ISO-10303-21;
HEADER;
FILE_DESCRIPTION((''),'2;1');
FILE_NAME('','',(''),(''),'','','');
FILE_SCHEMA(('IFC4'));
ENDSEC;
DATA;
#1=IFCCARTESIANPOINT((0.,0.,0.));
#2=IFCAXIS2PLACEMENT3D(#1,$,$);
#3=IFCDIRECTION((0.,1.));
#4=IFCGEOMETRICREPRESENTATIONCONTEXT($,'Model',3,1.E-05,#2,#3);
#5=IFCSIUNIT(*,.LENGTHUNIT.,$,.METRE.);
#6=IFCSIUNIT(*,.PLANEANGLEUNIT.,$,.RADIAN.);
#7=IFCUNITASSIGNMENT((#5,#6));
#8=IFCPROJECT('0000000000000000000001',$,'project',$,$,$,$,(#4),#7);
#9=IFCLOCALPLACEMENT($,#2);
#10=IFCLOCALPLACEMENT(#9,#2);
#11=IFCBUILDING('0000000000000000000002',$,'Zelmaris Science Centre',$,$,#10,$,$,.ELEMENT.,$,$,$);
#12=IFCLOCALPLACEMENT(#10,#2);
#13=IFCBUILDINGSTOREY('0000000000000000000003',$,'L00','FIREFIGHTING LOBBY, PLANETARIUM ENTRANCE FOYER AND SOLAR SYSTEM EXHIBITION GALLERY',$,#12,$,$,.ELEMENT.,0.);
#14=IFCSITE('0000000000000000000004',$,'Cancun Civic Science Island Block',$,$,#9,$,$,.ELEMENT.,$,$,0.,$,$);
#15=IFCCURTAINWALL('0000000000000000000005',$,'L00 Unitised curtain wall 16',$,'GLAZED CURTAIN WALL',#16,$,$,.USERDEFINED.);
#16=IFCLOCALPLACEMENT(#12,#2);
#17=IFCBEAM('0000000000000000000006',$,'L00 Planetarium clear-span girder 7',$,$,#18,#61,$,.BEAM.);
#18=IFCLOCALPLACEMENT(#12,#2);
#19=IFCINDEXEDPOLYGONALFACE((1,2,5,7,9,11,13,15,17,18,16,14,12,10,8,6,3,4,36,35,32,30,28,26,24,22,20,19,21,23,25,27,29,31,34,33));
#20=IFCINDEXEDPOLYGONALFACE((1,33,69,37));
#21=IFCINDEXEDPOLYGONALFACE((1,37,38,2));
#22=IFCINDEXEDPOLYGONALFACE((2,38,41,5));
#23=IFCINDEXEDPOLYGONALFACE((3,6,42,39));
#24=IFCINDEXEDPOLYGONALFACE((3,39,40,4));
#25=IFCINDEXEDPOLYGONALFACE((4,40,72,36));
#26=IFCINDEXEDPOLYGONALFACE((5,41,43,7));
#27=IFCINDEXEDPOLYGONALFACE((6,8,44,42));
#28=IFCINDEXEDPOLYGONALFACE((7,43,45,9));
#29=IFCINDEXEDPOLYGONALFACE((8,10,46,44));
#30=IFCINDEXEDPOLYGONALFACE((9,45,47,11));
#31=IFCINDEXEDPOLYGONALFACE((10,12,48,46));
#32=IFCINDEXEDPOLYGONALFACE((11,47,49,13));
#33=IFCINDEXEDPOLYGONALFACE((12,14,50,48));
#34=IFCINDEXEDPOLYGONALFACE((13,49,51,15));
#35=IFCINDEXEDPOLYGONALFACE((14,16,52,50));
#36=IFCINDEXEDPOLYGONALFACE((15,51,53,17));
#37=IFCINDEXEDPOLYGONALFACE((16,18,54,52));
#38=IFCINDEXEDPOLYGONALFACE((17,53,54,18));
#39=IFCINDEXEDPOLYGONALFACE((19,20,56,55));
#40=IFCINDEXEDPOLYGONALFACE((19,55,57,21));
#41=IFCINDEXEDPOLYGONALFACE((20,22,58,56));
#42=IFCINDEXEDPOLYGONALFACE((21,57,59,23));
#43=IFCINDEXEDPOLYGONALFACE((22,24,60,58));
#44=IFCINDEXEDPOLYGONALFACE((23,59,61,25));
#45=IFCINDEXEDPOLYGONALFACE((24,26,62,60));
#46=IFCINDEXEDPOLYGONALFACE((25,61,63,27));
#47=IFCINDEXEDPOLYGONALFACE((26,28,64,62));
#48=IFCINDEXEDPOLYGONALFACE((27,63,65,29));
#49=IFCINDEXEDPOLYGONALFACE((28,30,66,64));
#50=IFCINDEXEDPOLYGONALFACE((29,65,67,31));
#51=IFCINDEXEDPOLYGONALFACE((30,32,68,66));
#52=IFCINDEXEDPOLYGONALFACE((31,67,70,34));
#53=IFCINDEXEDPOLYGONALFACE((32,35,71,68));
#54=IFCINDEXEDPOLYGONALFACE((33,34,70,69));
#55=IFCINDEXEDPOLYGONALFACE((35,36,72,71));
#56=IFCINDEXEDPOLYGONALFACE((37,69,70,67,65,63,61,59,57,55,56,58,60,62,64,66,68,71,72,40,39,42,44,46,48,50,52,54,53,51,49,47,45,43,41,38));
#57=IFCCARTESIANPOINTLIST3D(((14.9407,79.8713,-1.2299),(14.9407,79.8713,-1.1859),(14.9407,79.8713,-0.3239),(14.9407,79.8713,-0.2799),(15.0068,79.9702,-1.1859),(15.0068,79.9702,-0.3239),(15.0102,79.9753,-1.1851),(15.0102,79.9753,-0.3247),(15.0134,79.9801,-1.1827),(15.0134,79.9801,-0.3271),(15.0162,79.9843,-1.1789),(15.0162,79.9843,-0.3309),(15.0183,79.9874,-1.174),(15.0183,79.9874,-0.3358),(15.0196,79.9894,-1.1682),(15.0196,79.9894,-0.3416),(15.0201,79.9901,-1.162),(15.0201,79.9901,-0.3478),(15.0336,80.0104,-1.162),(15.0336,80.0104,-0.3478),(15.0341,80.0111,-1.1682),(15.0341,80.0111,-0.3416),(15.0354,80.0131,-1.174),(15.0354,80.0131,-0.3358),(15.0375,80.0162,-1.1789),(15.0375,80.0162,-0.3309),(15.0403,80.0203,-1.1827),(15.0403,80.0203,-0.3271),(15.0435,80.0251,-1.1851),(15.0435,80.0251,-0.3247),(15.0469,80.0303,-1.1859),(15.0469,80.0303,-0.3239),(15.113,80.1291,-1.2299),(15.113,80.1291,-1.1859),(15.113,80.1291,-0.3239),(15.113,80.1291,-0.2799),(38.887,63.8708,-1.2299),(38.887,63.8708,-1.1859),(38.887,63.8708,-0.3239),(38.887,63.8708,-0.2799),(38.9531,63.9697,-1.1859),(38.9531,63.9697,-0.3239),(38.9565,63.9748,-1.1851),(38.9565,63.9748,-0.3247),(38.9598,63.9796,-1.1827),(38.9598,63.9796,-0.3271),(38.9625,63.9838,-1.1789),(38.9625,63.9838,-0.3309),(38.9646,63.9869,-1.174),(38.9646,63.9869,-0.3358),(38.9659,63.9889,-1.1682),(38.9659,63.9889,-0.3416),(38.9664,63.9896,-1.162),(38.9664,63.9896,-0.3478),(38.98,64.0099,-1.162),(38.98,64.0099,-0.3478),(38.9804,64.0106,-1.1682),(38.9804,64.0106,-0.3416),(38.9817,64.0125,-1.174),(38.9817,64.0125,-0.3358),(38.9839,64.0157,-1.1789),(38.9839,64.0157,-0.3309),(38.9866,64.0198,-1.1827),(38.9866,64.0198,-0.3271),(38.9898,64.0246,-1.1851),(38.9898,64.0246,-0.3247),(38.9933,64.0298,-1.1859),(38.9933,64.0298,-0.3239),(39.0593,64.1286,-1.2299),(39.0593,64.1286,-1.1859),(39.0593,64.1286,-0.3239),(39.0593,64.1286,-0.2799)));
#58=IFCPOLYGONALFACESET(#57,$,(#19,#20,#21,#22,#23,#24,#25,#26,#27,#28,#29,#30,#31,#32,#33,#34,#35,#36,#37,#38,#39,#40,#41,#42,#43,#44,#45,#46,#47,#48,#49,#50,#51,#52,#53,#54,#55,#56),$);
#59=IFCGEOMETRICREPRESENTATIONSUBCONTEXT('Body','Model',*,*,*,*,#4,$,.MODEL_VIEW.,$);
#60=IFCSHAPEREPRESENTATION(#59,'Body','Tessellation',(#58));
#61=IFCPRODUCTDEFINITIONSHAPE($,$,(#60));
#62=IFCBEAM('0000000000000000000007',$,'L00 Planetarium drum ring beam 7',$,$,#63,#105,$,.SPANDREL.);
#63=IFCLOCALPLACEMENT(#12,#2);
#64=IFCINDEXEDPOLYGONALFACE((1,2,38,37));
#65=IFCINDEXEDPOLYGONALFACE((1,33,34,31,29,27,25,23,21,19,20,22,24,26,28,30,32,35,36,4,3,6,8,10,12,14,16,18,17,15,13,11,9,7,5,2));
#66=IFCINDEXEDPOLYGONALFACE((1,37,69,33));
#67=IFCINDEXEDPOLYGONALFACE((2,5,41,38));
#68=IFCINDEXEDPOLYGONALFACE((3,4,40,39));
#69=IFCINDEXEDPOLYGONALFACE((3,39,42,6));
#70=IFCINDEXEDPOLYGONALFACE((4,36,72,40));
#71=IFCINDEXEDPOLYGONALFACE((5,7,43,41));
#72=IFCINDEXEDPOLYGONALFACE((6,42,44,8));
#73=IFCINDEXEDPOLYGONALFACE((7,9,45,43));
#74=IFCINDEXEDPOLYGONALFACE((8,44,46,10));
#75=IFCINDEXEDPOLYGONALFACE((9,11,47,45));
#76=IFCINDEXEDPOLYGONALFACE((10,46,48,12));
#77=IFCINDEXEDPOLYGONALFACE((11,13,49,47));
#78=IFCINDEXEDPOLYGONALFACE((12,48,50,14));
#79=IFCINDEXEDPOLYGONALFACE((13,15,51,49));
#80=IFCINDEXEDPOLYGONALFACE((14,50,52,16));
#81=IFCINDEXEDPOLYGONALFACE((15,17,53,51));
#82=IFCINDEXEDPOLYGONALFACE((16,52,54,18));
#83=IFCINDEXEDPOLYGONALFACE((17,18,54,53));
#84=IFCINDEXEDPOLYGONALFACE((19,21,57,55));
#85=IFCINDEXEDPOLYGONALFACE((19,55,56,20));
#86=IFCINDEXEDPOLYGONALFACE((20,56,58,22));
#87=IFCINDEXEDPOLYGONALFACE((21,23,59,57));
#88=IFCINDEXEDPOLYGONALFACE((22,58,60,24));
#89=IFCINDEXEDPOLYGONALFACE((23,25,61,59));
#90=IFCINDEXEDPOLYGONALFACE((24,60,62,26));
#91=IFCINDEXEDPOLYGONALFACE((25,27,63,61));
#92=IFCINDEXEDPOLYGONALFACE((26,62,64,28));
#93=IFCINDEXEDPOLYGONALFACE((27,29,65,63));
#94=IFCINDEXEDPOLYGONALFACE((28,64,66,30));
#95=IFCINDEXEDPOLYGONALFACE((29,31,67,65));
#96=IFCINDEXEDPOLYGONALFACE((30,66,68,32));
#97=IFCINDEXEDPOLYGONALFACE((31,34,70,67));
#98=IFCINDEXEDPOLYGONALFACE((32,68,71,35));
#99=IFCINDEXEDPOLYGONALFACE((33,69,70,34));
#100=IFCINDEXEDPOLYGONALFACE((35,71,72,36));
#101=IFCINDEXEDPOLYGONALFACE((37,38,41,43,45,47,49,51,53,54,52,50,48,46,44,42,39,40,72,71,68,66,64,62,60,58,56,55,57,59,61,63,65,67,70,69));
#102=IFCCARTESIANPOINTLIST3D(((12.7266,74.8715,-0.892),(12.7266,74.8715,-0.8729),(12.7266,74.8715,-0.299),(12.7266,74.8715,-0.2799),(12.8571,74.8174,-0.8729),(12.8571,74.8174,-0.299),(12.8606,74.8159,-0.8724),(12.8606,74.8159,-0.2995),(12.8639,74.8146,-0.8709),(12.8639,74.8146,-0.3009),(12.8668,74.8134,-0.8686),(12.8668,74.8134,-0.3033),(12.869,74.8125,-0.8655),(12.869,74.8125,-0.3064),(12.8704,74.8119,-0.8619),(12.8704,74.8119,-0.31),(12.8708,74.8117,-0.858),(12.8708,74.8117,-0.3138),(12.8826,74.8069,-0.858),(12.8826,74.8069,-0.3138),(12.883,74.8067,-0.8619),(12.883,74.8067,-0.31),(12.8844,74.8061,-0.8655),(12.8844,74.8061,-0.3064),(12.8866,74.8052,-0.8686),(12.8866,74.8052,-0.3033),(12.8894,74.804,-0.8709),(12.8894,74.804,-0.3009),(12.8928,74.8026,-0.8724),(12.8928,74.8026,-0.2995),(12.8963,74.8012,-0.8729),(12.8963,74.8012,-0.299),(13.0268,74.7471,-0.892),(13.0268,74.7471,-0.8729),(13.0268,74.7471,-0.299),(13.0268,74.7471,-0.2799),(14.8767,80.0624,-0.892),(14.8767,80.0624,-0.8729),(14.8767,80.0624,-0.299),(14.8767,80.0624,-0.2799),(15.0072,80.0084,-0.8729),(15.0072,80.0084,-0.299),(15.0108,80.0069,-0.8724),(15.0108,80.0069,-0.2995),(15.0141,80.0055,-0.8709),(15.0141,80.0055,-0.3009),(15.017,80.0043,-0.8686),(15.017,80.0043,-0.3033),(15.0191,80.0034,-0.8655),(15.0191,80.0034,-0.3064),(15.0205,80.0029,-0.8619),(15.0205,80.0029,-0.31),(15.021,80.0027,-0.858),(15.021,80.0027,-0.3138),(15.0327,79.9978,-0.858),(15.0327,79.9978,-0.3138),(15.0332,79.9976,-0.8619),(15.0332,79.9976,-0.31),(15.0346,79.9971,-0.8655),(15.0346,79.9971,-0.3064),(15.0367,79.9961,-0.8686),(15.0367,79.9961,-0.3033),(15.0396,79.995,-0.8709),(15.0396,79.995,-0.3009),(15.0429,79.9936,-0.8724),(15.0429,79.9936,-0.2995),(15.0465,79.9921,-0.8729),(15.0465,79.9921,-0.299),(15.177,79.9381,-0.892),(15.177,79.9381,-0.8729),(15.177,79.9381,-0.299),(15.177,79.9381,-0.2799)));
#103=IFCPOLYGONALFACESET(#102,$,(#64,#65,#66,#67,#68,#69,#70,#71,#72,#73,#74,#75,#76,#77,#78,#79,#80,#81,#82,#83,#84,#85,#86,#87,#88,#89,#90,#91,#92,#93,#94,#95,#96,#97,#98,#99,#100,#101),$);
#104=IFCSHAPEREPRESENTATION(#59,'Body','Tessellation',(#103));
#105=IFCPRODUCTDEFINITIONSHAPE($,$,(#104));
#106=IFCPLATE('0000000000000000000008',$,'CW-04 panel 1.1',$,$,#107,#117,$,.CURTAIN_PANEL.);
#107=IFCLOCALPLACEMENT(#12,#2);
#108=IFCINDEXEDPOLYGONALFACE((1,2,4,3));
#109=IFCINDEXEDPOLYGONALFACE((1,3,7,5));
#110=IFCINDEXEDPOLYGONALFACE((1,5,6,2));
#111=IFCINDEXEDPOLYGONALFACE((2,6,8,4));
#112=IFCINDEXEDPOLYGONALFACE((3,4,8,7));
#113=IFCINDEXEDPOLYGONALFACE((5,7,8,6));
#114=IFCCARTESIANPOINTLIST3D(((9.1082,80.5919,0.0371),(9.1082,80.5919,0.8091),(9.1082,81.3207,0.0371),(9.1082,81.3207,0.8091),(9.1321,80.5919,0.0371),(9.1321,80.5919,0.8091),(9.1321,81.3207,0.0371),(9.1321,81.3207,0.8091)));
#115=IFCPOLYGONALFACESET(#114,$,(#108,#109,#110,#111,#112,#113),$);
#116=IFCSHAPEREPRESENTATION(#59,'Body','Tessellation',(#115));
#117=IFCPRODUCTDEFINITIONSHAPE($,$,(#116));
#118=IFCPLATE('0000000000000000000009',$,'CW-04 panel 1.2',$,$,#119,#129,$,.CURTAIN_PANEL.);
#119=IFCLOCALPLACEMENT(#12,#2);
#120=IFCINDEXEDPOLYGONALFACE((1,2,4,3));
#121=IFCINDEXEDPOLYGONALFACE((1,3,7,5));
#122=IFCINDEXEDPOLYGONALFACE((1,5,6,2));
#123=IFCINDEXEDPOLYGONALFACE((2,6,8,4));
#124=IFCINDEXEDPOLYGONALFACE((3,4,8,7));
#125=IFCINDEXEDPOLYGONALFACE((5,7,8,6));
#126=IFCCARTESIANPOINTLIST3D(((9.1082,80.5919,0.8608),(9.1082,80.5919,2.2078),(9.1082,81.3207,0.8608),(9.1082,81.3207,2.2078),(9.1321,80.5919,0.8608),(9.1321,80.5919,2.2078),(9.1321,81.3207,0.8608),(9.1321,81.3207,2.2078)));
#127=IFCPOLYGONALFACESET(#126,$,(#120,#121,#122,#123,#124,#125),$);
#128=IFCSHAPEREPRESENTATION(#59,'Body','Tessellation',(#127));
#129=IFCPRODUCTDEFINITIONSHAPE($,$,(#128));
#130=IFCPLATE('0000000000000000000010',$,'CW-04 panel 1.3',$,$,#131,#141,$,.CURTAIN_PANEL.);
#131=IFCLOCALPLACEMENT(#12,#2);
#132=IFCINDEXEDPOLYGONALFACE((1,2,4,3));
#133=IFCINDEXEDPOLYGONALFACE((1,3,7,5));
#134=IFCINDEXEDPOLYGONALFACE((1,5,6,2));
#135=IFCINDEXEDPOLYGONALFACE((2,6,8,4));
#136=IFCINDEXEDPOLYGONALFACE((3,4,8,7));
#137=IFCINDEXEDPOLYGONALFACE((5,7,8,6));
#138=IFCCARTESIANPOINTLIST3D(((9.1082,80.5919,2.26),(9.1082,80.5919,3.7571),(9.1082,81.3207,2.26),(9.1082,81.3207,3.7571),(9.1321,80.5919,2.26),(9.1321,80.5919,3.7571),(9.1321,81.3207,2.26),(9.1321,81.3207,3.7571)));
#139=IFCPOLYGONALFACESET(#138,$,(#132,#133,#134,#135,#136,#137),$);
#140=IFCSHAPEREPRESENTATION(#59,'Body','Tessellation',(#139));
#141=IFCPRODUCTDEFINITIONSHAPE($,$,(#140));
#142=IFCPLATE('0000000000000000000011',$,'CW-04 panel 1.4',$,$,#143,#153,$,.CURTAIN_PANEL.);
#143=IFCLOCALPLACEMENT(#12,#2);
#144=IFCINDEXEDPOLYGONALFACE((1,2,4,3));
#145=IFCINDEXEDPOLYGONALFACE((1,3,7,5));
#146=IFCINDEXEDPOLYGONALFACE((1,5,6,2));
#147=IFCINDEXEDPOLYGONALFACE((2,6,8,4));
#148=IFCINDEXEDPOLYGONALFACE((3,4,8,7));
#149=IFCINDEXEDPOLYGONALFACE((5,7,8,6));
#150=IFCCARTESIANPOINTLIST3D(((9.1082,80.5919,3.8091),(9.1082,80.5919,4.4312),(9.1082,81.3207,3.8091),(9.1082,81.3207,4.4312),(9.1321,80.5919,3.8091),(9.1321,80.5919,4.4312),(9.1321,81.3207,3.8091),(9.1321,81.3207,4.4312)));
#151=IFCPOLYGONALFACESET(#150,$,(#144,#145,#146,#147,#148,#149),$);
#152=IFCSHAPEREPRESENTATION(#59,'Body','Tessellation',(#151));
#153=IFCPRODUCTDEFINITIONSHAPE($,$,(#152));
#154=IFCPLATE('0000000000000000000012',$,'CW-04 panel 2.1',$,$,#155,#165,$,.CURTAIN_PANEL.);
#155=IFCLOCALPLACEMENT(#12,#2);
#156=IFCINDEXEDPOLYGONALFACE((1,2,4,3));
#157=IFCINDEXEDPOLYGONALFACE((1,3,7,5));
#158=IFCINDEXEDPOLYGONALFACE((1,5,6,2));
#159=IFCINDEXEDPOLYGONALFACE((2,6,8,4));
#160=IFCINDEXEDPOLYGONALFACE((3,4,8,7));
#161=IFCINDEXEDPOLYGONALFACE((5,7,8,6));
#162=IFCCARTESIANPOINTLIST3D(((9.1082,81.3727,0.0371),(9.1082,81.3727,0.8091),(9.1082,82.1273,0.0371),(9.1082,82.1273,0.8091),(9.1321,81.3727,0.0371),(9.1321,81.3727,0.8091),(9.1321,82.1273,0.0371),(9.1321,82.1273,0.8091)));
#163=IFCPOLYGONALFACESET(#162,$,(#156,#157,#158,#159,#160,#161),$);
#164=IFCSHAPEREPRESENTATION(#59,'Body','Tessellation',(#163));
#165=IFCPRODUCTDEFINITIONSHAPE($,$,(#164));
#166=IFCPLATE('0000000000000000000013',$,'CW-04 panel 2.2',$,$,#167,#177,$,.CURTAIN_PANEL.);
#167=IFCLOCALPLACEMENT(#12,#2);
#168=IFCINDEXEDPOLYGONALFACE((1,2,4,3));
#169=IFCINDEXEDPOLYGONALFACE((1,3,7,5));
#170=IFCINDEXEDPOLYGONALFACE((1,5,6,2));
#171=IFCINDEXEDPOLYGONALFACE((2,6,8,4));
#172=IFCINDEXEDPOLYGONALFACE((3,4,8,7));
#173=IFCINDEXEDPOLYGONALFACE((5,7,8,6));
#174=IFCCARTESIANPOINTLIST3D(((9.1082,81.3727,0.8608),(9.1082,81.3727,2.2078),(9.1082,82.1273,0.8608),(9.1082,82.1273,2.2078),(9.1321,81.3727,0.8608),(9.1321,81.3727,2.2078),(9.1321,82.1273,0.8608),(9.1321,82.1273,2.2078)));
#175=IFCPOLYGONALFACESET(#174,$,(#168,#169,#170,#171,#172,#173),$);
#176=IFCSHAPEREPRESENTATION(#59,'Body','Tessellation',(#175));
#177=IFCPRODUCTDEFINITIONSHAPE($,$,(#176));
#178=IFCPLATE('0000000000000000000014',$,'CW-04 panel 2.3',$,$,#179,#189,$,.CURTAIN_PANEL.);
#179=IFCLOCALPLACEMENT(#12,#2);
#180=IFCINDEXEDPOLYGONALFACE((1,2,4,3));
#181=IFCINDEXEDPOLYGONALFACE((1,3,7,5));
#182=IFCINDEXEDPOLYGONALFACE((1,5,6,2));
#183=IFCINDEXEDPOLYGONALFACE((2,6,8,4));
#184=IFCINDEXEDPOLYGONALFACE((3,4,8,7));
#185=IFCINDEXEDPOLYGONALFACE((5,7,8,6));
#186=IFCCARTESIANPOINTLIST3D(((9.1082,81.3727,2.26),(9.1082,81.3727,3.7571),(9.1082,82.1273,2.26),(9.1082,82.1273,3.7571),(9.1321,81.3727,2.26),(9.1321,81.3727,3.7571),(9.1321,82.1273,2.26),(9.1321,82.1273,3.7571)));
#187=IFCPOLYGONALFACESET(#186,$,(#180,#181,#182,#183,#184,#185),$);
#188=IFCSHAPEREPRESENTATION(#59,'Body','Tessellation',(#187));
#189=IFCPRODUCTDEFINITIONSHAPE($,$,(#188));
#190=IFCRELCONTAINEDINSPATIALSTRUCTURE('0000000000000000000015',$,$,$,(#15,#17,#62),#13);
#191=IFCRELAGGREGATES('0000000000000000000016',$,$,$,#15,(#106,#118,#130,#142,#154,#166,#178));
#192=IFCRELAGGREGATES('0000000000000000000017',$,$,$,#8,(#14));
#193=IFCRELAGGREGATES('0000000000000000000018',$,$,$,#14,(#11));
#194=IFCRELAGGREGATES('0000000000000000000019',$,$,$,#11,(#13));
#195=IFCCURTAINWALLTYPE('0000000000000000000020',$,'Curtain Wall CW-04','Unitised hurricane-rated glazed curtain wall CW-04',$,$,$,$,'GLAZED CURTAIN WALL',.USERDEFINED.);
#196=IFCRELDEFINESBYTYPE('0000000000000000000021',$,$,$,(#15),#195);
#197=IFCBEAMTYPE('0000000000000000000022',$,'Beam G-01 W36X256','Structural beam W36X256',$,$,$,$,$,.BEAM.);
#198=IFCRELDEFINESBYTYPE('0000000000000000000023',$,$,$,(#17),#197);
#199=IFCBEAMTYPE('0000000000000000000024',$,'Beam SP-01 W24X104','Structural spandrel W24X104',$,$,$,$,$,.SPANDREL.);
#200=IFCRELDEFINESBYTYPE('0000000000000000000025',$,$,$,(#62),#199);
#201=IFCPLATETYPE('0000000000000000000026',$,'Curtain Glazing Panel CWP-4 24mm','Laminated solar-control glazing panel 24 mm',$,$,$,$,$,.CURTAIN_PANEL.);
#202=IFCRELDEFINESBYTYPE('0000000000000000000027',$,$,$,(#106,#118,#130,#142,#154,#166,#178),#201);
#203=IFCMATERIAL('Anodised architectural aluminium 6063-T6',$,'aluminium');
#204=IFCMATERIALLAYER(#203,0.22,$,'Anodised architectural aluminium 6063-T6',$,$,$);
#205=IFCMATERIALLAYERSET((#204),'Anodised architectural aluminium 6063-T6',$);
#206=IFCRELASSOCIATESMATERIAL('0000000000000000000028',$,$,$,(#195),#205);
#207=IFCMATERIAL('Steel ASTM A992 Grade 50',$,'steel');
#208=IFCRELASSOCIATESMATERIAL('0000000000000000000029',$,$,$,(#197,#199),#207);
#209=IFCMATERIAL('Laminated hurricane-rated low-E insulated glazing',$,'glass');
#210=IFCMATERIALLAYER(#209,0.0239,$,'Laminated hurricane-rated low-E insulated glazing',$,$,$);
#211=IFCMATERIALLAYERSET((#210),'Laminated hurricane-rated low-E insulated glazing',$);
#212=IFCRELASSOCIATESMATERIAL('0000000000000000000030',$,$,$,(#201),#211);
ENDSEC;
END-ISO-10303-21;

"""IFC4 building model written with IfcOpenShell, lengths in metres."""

from ifc_helpers import new_model, si_unit, direction, frame, origin, origin_2d, place, context, subcontext, project, spatial, rectangle, i_section, extrude, material, layer, layer_set, material_profile, profile_set, type_object, element, aggregate, save


model = new_model("IFC4")

# Units and contexts
model_context = context("Model", 3, precision=1e-05, world=origin(), true_north=direction((0.0, 1.0)))
body_context = subcontext(model_context, "Body", "Model", "MODEL_VIEW")
ifc_project = project(units=[si_unit("LENGTHUNIT", "METRE"), si_unit("PLANEANGLEUNIT", "RADIAN")], contexts=[model_context])

# Site, building, storey
site_placement = place(None, origin())
site = spatial("IfcSite", under=ifc_project, at=site_placement, Name="Cancun Civic Science Island Block", CompositionType="ELEMENT", RefElevation=0.0)
building_placement = place(site_placement, origin())
building = spatial("IfcBuilding", under=site, at=building_placement, Name="Zelmaris Science Centre", CompositionType="ELEMENT")
storey_placement = place(building_placement, origin())
storey = spatial("IfcBuildingStorey", under=building, at=storey_placement, Name="L00", Description="FIREFIGHTING LOBBY, PLANETARIUM ENTRANCE FOYER AND SOLAR SYSTEM EXHIBITION GALLERY", CompositionType="ELEMENT", Elevation=0.0)

# Shared definitions
ifc_material_1 = material(Name="Steel ASTM A992 Grade 50", Category="steel")

# Curtain wall
ifc_material_2 = material(Name="Anodised architectural aluminium 6063-T6", Category="aluminium")
ifc_layer_1 = layer(ifc_material_2, 0.22, Name="Anodised architectural aluminium 6063-T6")
ifc_layer_set_1 = layer_set([ifc_layer_1], Name="Anodised architectural aluminium 6063-T6")
curtain_wall_type = type_object("IfcCurtainWallType", Name="Curtain Wall CW-04", Description="Unitised hurricane-rated glazed curtain wall CW-04", ElementType="GLAZED CURTAIN WALL", PredefinedType="USERDEFINED", material=ifc_layer_set_1)
curtain_wall_placement = place(storey_placement, origin())
curtain_wall = element("IfcCurtainWall", 1, at=curtain_wall_placement, inside=storey, type_object=curtain_wall_type, Name="L00 Unitised curtain wall 16", ObjectType="GLAZED CURTAIN WALL", PredefinedType="USERDEFINED")

# Beams
ifc_material_profile_1 = material_profile(ifc_material_1, i_section(OverallWidth=0.3101, OverallDepth=0.95, WebThickness=0.0244, FlangeThickness=0.0439, FilletRadius=0.0239, at=origin_2d()), Name="W36X256")
ifc_profile_set_1 = profile_set([ifc_material_profile_1], Name="Steel ASTM A992 Grade 50")
beam_type_1 = type_object("IfcBeamType", Name="Beam G-01 W36X256", Description="Structural beam W36X256", PredefinedType="BEAM", material=ifc_profile_set_1)
beam_1_placement = place(storey_placement, frame((15.0269, 80.0002, -0.7549), z_axis=(0.831468, -0.555572, 0.0), x_axis=(0.555572, 0.831468, 0.0)))
element("IfcBeam", 2, at=beam_1_placement, inside=storey, type_object=beam_type_1, Name="L00 Planetarium clear-span girder 7", PredefinedType="BEAM", context=body_context, shape_type="SweptSolid", body=[
    extrude(i_section(OverallWidth=0.3101, OverallDepth=0.95, WebThickness=0.0244, FlangeThickness=0.0439, FilletRadius=0.0239, at=origin_2d()), origin(), (0.0, 0.0, 1.0), 28.8),
])
ifc_material_profile_2 = material_profile(ifc_material_1, i_section(OverallWidth=0.325, OverallDepth=0.6121, WebThickness=0.0127, FlangeThickness=0.019, FilletRadius=0.0149, at=origin_2d()), Name="W24X104")
ifc_profile_set_2 = profile_set([ifc_material_profile_2], Name="Steel ASTM A992 Grade 50")
beam_type_2 = type_object("IfcBeamType", Name="Beam SP-01 W24X104", Description="Structural spandrel W24X104", PredefinedType="SPANDREL", material=ifc_profile_set_2)
beam_2_placement = place(storey_placement, frame((15.0269, 80.0002, -0.5859), z_axis=(-0.382683, -0.92388, 0.0), x_axis=(0.92388, -0.382683, 0.0)))
element("IfcBeam", 3, at=beam_2_placement, inside=storey, type_object=beam_type_2, Name="L00 Planetarium drum ring beam 7", PredefinedType="SPANDREL", context=body_context, shape_type="SweptSolid", body=[
    extrude(i_section(OverallWidth=0.325, OverallDepth=0.6121, WebThickness=0.0127, FlangeThickness=0.019, FilletRadius=0.0149, at=origin_2d()), origin(), (0.0, 0.0, 1.0), 5.6187),
])

# Plates
ifc_material_3 = material(Name="Laminated hurricane-rated low-E insulated glazing", Category="glass")
ifc_layer_2 = layer(ifc_material_3, 0.0239, Name="Laminated hurricane-rated low-E insulated glazing")
ifc_layer_set_2 = layer_set([ifc_layer_2], Name="Laminated hurricane-rated low-E insulated glazing")
plate_type = type_object("IfcPlateType", Name="Curtain Glazing Panel CWP-4 24mm", Description="Laminated solar-control glazing panel 24 mm", PredefinedType="CURTAIN_PANEL", material=ifc_layer_set_2)
plate_1_placement = place(storey_placement, frame((9.1201, 80.9563, 0.0371), z_axis=(0.0, 0.0, 1.0), x_axis=(0.0, 1.0, 0.0)))
plate_1 = element("IfcPlate", 4, at=plate_1_placement, type_object=plate_type, Name="CW-04 panel 1.1", PredefinedType="CURTAIN_PANEL", context=body_context, shape_type="SweptSolid", body=[
    extrude(rectangle(XDim=0.7288, YDim=0.0239, at=origin_2d()), origin(), (0.0, 0.0, 1.0), 0.772),
])
plate_2_placement = place(storey_placement, frame((9.1201, 80.9563, 0.8608), z_axis=(0.0, 0.0, 1.0), x_axis=(0.0, 1.0, 0.0)))
plate_2 = element("IfcPlate", 5, at=plate_2_placement, type_object=plate_type, Name="CW-04 panel 1.2", PredefinedType="CURTAIN_PANEL", context=body_context, shape_type="SweptSolid", body=[
    extrude(rectangle(XDim=0.7288, YDim=0.0239, at=origin_2d()), origin(), (0.0, 0.0, 1.0), 1.3469),
])
plate_3_placement = place(storey_placement, frame((9.1201, 80.9563, 2.26), z_axis=(0.0, 0.0, 1.0), x_axis=(0.0, 1.0, 0.0)))
plate_3 = element("IfcPlate", 6, at=plate_3_placement, type_object=plate_type, Name="CW-04 panel 1.3", PredefinedType="CURTAIN_PANEL", context=body_context, shape_type="SweptSolid", body=[
    extrude(rectangle(XDim=0.7288, YDim=0.0239, at=origin_2d()), origin(), (0.0, 0.0, 1.0), 1.4971),
])
plate_4_placement = place(storey_placement, frame((9.1201, 80.9563, 3.8091), z_axis=(0.0, 0.0, 1.0), x_axis=(0.0, 1.0, 0.0)))
plate_4 = element("IfcPlate", 7, at=plate_4_placement, type_object=plate_type, Name="CW-04 panel 1.4", PredefinedType="CURTAIN_PANEL", context=body_context, shape_type="SweptSolid", body=[
    extrude(rectangle(XDim=0.7288, YDim=0.0239, at=origin_2d()), origin(), (0.0, 0.0, 1.0), 0.6221),
])
plate_5_placement = place(storey_placement, frame((9.1201, 81.75, 0.0371), z_axis=(0.0, 0.0, 1.0), x_axis=(0.0, 1.0, 0.0)))
plate_5 = element("IfcPlate", 8, at=plate_5_placement, type_object=plate_type, Name="CW-04 panel 2.1", PredefinedType="CURTAIN_PANEL", context=body_context, shape_type="SweptSolid", body=[
    extrude(rectangle(XDim=0.7546, YDim=0.0239, at=origin_2d()), origin(), (0.0, 0.0, 1.0), 0.772),
])
plate_6_placement = place(storey_placement, frame((9.1201, 81.75, 0.8608), z_axis=(0.0, 0.0, 1.0), x_axis=(0.0, 1.0, 0.0)))
plate_6 = element("IfcPlate", 9, at=plate_6_placement, type_object=plate_type, Name="CW-04 panel 2.2", PredefinedType="CURTAIN_PANEL", context=body_context, shape_type="SweptSolid", body=[
    extrude(rectangle(XDim=0.7546, YDim=0.0239, at=origin_2d()), origin(), (0.0, 0.0, 1.0), 1.3469),
])
plate_7_placement = place(storey_placement, frame((9.1201, 81.75, 2.26), z_axis=(0.0, 0.0, 1.0), x_axis=(0.0, 1.0, 0.0)))
plate_7 = element("IfcPlate", 10, at=plate_7_placement, type_object=plate_type, Name="CW-04 panel 2.3", PredefinedType="CURTAIN_PANEL", context=body_context, shape_type="SweptSolid", body=[
    extrude(rectangle(XDim=0.7546, YDim=0.0239, at=origin_2d()), origin(), (0.0, 0.0, 1.0), 1.4971),
])
aggregate(curtain_wall, [plate_1, plate_2, plate_3, plate_4, plate_5, plate_6, plate_7])

save(model, "model.ifc")
